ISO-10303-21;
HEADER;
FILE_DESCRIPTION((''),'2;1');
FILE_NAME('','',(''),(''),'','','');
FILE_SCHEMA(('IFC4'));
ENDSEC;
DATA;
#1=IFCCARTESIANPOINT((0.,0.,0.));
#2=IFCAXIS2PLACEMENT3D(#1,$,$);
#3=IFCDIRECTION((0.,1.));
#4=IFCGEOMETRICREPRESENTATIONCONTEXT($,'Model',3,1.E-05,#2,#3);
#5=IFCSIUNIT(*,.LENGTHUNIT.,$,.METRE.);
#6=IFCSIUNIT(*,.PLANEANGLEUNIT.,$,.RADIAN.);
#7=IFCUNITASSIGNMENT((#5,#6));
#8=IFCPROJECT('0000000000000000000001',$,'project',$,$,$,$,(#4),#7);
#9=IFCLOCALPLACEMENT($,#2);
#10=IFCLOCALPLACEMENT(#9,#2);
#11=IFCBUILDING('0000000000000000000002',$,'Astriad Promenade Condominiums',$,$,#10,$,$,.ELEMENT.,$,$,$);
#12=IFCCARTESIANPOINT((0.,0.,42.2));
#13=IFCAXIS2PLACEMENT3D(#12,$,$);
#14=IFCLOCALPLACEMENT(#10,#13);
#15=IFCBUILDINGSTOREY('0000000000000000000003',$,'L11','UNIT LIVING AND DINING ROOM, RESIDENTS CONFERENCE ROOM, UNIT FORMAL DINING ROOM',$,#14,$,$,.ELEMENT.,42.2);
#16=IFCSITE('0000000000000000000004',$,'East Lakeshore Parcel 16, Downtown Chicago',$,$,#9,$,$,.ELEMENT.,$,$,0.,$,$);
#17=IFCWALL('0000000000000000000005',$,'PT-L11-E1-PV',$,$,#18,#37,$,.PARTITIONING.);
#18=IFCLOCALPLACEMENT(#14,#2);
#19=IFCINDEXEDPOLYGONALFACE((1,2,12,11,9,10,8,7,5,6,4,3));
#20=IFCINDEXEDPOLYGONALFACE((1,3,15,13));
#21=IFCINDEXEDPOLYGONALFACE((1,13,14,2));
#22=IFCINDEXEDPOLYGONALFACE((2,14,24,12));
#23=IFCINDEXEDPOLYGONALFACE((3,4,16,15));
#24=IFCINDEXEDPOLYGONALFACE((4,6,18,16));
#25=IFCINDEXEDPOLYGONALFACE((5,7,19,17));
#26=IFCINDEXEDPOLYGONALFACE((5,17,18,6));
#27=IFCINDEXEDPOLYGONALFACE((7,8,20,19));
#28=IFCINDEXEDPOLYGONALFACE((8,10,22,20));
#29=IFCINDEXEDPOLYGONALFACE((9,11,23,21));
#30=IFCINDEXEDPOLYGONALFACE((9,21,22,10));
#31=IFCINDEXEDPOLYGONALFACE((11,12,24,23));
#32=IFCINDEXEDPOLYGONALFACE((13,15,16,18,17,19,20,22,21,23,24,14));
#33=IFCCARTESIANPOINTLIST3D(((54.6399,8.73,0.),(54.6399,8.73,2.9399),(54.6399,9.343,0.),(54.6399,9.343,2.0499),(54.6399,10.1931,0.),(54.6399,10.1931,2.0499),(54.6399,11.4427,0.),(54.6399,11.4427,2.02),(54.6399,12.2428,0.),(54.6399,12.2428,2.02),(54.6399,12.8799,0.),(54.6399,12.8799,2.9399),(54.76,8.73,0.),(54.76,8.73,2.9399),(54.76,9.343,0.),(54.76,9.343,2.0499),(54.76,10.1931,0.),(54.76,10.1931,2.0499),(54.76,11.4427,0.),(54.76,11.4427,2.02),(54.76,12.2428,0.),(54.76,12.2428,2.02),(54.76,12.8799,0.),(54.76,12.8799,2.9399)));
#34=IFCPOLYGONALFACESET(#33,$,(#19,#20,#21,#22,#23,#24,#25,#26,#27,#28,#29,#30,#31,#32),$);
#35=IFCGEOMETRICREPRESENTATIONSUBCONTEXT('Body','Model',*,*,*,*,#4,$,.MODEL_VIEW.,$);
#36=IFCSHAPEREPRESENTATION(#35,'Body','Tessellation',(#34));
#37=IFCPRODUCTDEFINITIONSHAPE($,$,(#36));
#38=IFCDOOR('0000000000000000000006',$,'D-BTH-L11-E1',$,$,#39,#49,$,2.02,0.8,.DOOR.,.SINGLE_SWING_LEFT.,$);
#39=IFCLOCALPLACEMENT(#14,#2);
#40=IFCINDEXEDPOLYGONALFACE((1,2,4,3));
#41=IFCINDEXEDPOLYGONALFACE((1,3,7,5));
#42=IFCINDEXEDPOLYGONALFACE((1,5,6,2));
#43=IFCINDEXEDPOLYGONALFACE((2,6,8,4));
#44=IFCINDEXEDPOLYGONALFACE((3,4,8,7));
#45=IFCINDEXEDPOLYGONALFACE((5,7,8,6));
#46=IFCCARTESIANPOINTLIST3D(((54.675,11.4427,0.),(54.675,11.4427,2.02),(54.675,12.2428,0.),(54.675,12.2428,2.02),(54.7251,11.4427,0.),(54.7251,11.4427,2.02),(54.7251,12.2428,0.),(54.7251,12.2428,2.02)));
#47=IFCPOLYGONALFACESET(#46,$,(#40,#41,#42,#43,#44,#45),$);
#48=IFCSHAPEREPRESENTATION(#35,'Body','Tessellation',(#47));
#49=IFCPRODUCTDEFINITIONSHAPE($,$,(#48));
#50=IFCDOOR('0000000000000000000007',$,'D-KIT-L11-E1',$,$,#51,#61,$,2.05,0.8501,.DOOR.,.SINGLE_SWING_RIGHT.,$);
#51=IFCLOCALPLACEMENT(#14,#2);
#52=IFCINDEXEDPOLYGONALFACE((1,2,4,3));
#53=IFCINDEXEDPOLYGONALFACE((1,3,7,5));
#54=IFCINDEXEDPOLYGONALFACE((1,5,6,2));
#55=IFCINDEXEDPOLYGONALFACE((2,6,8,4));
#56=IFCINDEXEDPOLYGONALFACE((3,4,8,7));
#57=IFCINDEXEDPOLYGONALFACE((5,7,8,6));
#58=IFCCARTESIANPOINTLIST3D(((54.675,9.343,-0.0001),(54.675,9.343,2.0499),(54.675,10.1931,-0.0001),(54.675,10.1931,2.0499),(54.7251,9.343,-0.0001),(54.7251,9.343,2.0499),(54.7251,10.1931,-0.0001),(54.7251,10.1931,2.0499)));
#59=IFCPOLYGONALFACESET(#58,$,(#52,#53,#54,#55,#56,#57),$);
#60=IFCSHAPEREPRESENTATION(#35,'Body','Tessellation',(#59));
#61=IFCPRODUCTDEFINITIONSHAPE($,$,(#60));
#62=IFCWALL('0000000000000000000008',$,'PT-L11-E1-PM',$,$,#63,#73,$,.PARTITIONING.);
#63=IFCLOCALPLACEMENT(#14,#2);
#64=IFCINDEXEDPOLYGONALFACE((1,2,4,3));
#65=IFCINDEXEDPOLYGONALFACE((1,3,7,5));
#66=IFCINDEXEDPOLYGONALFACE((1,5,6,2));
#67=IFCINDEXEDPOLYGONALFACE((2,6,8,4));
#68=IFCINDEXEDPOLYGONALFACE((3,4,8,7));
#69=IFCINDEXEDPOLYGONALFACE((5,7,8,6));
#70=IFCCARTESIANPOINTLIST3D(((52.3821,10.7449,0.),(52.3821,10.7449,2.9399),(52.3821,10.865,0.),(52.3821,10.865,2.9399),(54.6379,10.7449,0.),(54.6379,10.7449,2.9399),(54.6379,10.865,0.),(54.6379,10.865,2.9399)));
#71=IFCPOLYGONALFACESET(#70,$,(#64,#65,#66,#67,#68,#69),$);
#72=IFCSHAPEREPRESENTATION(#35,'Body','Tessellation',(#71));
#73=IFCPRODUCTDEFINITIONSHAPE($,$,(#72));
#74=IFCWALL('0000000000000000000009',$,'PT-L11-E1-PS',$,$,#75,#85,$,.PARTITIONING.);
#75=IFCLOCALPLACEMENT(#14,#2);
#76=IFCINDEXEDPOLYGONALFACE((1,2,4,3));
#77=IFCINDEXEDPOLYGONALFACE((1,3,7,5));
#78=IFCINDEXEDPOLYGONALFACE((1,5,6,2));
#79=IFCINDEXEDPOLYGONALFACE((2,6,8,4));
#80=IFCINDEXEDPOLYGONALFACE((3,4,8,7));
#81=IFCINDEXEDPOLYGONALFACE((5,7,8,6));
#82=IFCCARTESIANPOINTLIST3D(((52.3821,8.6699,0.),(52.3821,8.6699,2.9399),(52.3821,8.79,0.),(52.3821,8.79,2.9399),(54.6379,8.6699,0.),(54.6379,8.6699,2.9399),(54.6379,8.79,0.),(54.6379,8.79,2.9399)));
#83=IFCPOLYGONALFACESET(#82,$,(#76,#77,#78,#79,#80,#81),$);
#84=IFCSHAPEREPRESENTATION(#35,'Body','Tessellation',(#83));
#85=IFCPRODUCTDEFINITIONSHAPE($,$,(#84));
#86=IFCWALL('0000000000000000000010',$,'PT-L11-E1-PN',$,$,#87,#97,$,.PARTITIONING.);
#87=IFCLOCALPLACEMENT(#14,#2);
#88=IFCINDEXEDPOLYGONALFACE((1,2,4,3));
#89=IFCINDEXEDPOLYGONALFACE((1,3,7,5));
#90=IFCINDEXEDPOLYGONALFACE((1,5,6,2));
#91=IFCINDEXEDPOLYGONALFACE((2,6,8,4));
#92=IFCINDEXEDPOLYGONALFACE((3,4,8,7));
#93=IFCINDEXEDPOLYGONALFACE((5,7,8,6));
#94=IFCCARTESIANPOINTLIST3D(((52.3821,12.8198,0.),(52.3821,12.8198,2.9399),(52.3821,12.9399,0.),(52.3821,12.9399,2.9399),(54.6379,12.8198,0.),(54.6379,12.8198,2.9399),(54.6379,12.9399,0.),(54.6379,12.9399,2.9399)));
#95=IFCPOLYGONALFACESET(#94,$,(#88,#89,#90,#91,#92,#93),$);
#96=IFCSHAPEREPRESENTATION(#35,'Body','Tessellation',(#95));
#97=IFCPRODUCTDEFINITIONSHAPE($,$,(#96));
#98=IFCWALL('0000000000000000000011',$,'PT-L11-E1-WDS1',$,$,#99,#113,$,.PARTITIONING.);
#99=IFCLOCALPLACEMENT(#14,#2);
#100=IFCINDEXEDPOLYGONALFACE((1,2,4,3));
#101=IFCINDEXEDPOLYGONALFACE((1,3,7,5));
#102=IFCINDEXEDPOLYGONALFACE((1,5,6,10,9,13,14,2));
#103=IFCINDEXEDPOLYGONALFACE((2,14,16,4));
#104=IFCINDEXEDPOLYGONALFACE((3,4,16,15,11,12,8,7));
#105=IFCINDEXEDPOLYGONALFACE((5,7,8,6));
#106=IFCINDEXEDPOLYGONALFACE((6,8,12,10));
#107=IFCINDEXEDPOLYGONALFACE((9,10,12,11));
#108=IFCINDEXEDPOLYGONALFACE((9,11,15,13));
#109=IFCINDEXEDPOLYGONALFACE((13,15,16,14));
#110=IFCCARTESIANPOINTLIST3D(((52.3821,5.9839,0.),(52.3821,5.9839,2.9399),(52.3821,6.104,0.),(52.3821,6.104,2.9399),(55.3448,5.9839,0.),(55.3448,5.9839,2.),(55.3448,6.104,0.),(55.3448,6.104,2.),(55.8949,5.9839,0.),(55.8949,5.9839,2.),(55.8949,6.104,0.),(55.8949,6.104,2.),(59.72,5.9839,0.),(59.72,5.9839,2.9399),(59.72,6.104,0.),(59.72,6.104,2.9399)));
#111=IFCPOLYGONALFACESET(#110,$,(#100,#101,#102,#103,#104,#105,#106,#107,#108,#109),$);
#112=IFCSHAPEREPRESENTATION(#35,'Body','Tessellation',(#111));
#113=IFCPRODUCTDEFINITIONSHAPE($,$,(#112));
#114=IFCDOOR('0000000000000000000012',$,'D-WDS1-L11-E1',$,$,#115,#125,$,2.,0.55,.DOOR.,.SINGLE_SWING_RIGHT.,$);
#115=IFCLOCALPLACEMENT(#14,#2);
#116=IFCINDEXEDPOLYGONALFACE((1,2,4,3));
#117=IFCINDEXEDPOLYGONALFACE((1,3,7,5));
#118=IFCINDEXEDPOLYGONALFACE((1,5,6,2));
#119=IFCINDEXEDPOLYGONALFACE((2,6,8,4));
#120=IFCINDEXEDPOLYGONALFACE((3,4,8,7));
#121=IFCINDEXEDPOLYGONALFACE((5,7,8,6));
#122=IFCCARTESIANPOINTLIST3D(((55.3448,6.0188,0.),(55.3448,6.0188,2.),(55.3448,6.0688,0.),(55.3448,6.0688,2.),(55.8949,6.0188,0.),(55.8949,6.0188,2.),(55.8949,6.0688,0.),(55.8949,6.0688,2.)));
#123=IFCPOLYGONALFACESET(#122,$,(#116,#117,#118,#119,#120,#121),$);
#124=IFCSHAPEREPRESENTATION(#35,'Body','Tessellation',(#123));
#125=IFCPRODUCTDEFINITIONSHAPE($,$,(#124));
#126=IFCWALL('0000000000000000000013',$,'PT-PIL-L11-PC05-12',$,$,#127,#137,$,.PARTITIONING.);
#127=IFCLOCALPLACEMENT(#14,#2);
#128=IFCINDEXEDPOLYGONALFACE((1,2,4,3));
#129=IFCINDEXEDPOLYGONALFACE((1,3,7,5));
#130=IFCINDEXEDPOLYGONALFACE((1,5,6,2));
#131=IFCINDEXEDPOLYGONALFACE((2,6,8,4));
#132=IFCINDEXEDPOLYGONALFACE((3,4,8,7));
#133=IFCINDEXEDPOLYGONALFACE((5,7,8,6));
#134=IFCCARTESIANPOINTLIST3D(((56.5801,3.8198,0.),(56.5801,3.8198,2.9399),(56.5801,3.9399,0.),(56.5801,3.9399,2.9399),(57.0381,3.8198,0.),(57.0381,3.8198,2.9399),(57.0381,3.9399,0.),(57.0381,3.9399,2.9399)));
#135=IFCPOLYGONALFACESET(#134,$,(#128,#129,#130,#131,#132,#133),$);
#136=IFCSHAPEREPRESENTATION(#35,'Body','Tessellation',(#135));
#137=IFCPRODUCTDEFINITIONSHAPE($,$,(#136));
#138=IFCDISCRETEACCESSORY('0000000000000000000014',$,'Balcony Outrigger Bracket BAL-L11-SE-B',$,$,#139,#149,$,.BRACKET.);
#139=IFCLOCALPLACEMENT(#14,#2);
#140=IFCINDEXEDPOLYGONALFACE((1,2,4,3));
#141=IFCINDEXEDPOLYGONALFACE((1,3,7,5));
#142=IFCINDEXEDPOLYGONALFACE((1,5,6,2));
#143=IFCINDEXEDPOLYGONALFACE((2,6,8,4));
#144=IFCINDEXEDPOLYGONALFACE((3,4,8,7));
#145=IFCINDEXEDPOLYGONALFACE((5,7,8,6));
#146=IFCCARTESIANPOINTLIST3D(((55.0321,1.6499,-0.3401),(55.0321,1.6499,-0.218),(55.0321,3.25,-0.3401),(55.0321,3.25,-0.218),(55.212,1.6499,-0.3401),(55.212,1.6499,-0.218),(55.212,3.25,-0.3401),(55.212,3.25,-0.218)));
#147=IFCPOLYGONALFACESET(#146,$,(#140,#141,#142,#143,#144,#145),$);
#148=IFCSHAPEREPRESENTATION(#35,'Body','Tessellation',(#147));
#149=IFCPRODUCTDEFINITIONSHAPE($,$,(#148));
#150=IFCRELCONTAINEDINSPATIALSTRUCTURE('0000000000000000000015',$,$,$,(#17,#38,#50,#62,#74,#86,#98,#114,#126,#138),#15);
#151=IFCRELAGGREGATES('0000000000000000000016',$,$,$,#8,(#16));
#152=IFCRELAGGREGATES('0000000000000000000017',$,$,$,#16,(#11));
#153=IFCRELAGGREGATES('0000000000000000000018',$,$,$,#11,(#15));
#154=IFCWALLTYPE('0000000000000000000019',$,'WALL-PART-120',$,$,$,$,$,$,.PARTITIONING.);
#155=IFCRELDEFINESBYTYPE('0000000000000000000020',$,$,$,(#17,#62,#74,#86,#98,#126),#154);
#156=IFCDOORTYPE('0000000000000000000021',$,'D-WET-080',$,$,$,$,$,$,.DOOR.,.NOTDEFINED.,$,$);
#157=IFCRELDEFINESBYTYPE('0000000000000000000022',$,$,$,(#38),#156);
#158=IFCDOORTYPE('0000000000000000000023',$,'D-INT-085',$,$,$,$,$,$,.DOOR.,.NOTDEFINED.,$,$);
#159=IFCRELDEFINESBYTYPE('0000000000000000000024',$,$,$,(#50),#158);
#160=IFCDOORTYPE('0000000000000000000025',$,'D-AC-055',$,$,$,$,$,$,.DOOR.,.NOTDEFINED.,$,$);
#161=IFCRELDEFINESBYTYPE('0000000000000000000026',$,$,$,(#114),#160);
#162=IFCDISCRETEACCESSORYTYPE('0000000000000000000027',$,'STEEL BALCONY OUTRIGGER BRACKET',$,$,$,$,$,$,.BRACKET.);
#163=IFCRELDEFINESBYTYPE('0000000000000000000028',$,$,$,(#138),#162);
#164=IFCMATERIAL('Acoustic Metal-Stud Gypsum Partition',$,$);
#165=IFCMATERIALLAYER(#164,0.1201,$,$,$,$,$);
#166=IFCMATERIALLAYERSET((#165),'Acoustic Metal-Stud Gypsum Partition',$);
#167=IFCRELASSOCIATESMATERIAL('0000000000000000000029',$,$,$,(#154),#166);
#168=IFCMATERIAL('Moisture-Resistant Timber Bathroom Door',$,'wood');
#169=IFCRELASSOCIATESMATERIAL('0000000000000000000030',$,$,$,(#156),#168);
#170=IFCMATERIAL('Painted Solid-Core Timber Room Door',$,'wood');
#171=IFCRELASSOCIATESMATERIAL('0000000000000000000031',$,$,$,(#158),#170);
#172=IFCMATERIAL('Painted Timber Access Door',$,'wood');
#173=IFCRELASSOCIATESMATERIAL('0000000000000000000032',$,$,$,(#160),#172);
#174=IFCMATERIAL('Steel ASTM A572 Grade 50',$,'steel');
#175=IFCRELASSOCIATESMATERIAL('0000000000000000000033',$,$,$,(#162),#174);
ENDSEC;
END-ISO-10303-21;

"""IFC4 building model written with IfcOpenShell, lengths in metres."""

from ifc_helpers import new_model, si_unit, direction, frame, frame_2d, origin, origin_2d, place, context, subcontext, project, spatial, rectangle, extrude, source, transform, mapped, material, layer, layer_set, type_object, type_shapes, element, fill, save


model = new_model("IFC4")

# Units and contexts
model_context = context("Model", 3, precision=1e-05, world=origin(), true_north=direction((0.0, 1.0)))
body_context = subcontext(model_context, "Body", "Model", "MODEL_VIEW")
ifc_project = project(units=[si_unit("LENGTHUNIT", "METRE"), si_unit("PLANEANGLEUNIT", "RADIAN")], contexts=[model_context])

# Site, building, storey
site_placement = place(None, origin())
site = spatial("IfcSite", under=ifc_project, at=site_placement, Name="East Lakeshore Parcel 16, Downtown Chicago", CompositionType="ELEMENT", RefElevation=0.0)
building_placement = place(site_placement, origin())
building = spatial("IfcBuilding", under=site, at=building_placement, Name="Astriad Promenade Condominiums", CompositionType="ELEMENT")
storey_placement = place(building_placement, frame((0.0, 0.0, 42.2)))
storey = spatial("IfcBuildingStorey", under=building, at=storey_placement, Name="L11", Description="UNIT LIVING AND DINING ROOM, RESIDENTS CONFERENCE ROOM, UNIT FORMAL DINING ROOM", CompositionType="ELEMENT", Elevation=42.2)

# Shared definitions
ifc_material_1 = material(Name="Acoustic Metal-Stud Gypsum Partition")
ifc_layer_1 = layer(ifc_material_1, 0.1201)
ifc_layer_set_1 = layer_set([ifc_layer_1], Name="Acoustic Metal-Stud Gypsum Partition")
wall_type_1 = type_object("IfcWallType", Name="WALL-PART-120", PredefinedType="PARTITIONING", material=ifc_layer_set_1)

# Wall, openings, doors
wall_1_placement = place(storey_placement, frame((54.7, 8.73, 0.0), z_axis=(0.0, 0.0, 1.0), x_axis=(0.0, 1.0, 0.0)))
wall_1 = element("IfcWall", 1, at=wall_1_placement, inside=storey, type_object=wall_type_1, Name="PT-L11-E1-PV", PredefinedType="PARTITIONING", context=body_context, shape_type="SweptSolid", body=[
    extrude(rectangle(XDim=4.1499, YDim=0.1201, at=frame_2d((2.075, 0.0))), origin(), (0.0, 0.0, 1.0), 2.9399),
])
opening_1_placement = place(wall_1_placement, frame((0.613, 0.0, 0.0)))
opening_1 = element("IfcOpeningElement", 2, at=opening_1_placement, cuts=wall_1, PredefinedType="OPENING", context=body_context, shape_type="SweptSolid", body=[
    extrude(rectangle(XDim=0.8501, YDim=2.05, at=frame_2d((0.425, 1.0249))), frame((0.0, 0.0701, 0.0), z_axis=(0.0, -1.0, 0.0), x_axis=(1.0, 0.0, 0.0)), (0.0, 0.0, 1.0), 0.1401),
])
opening_2_placement = place(wall_1_placement, frame((2.7129, 0.0, 0.0)))
opening_2 = element("IfcOpeningElement", 3, at=opening_2_placement, cuts=wall_1, PredefinedType="OPENING", context=body_context, shape_type="SweptSolid", body=[
    extrude(rectangle(XDim=0.8, YDim=2.02, at=frame_2d((0.3999, 1.01))), frame((0.0, 0.0701, 0.0), z_axis=(0.0, -1.0, 0.0), x_axis=(1.0, 0.0, 0.0)), (0.0, 0.0, 1.0), 0.1401),
])
ifc_material_2 = material(Name="Moisture-Resistant Timber Bathroom Door", Category="wood")
door_type_1 = type_object("IfcDoorType", Name="D-WET-080", OperationType="NOTDEFINED", PredefinedType="DOOR", material=ifc_material_2)
shared_shape_1 = source(origin(), body_context, "Body", "SweptSolid", [
    extrude(rectangle(XDim=0.8, YDim=2.02, at=frame_2d((0.3999, 1.01))), frame((0.0, 0.0249, 0.0), z_axis=(0.0, -1.0, 0.0), x_axis=(1.0, 0.0, 0.0)), (0.0, 0.0, 1.0), 0.05),
])
type_shapes(door_type_1, [shared_shape_1])
door_1_placement = place(opening_2_placement, origin())
door_1 = element("IfcDoor", 4, at=door_1_placement, inside=storey, type_object=door_type_1, Name="D-BTH-L11-E1", OperationType="SINGLE_SWING_LEFT", OverallHeight=2.02, OverallWidth=0.8, PredefinedType="DOOR", context=body_context, shape_type="MappedRepresentation", body=[
    mapped(shared_shape_1, transform((0.0, 0.0, 0.0), scale=1.0)),
])
fill(opening_2, door_1)
ifc_material_3 = material(Name="Painted Solid-Core Timber Room Door", Category="wood")
door_type_2 = type_object("IfcDoorType", Name="D-INT-085", OperationType="NOTDEFINED", PredefinedType="DOOR", material=ifc_material_3)
shared_shape_2 = source(origin(), body_context, "Body", "SweptSolid", [
    extrude(rectangle(XDim=0.8501, YDim=2.05, at=frame_2d((0.425, 1.0249))), frame((0.0, 0.0249, 0.0), z_axis=(0.0, -1.0, 0.0), x_axis=(1.0, 0.0, 0.0)), (0.0, 0.0, 1.0), 0.05),
])
type_shapes(door_type_2, [shared_shape_2])
door_2_placement = place(opening_1_placement, origin())
door_2 = element("IfcDoor", 5, at=door_2_placement, inside=storey, type_object=door_type_2, Name="D-KIT-L11-E1", OperationType="SINGLE_SWING_RIGHT", OverallHeight=2.05, OverallWidth=0.8501, PredefinedType="DOOR", context=body_context, shape_type="MappedRepresentation", body=[
    mapped(shared_shape_2, transform((0.0, 0.0, 0.0), scale=1.0)),
])
fill(opening_1, door_2)

# Walls
for number, where, z_axis, x_axis, name in (
    (6, (52.3821, 10.8049, 0.0), (0.0, 0.0, 1.0), (1.0, 0.0, 0.0), "PT-L11-E1-PM"),
    (7, (52.3821, 8.73, 0.0), (0.0, 0.0, 1.0), (1.0, 0.0, 0.0), "PT-L11-E1-PS"),
    (8, (52.3821, 12.8799, 0.0), (0.0, 0.0, 1.0), (1.0, 0.0, 0.0), "PT-L11-E1-PN"),
):
    element("IfcWall", number, at=place(storey_placement, frame(where, z_axis=z_axis, x_axis=x_axis)), inside=storey, type_object=wall_type_1, Name=name, PredefinedType="PARTITIONING", context=body_context, shape_type="SweptSolid", body=[
        extrude(rectangle(XDim=2.2559, YDim=0.1201, at=frame_2d((1.1279, 0.0))), origin(), (0.0, 0.0, 1.0), 2.9399),
    ])

# Wall, opening, door
wall_2_placement = place(storey_placement, frame((52.3821, 6.0439, 0.0), z_axis=(0.0, 0.0, 1.0), x_axis=(1.0, 0.0, 0.0)))
wall_2 = element("IfcWall", 9, at=wall_2_placement, inside=storey, type_object=wall_type_1, Name="PT-L11-E1-WDS1", PredefinedType="PARTITIONING", context=body_context, shape_type="SweptSolid", body=[
    extrude(rectangle(XDim=7.3379, YDim=0.1201, at=frame_2d((3.6689, 0.0))), origin(), (0.0, 0.0, 1.0), 2.9399),
])
opening_3_placement = place(wall_2_placement, frame((2.9629, 0.0, 0.0)))
opening_3 = element("IfcOpeningElement", 10, at=opening_3_placement, cuts=wall_2, PredefinedType="OPENING", context=body_context, shape_type="SweptSolid", body=[
    extrude(rectangle(XDim=0.55, YDim=2.0, at=frame_2d((0.2749, 1.0))), frame((0.0, 0.0701, 0.0), z_axis=(0.0, -1.0, 0.0), x_axis=(1.0, 0.0, 0.0)), (0.0, 0.0, 1.0), 0.1401),
])
ifc_material_4 = material(Name="Painted Timber Access Door", Category="wood")
door_type_3 = type_object("IfcDoorType", Name="D-AC-055", OperationType="NOTDEFINED", PredefinedType="DOOR", material=ifc_material_4)
shared_shape_3 = source(origin(), body_context, "Body", "SweptSolid", [
    extrude(rectangle(XDim=0.55, YDim=2.0, at=frame_2d((0.2749, 1.0))), frame((0.0, 0.0249, 0.0), z_axis=(0.0, -1.0, 0.0), x_axis=(1.0, 0.0, 0.0)), (0.0, 0.0, 1.0), 0.05),
])
type_shapes(door_type_3, [shared_shape_3])
door_3_placement = place(opening_3_placement, origin())
door_3 = element("IfcDoor", 11, at=door_3_placement, inside=storey, type_object=door_type_3, Name="D-WDS1-L11-E1", OperationType="SINGLE_SWING_RIGHT", OverallHeight=2.0, OverallWidth=0.55, PredefinedType="DOOR", context=body_context, shape_type="MappedRepresentation", body=[
    mapped(shared_shape_3, transform((0.0, 0.0, 0.0), scale=1.0)),
])
fill(opening_3, door_3)

# Wall
wall_3_placement = place(storey_placement, frame((56.5801, 3.8799, 0.0), z_axis=(0.0, 0.0, 1.0), x_axis=(1.0, 0.0, 0.0)))
element("IfcWall", 12, at=wall_3_placement, inside=storey, type_object=wall_type_1, Name="PT-PIL-L11-PC05-12", PredefinedType="PARTITIONING", context=body_context, shape_type="SweptSolid", body=[
    extrude(rectangle(XDim=0.458, YDim=0.1201, at=frame_2d((0.229, 0.0))), origin(), (0.0, 0.0, 1.0), 2.9399),
])

# Discrete accessory
ifc_material_5 = material(Name="Steel ASTM A572 Grade 50", Category="steel")
discrete_accessory_type = type_object("IfcDiscreteAccessoryType", Name="STEEL BALCONY OUTRIGGER BRACKET", PredefinedType="BRACKET", material=ifc_material_5)
shared_shape_4 = source(origin(), body_context, "Body", "SweptSolid", [
    extrude(rectangle(XDim=1.6001, YDim=0.1799, at=origin_2d()), origin(), (0.0, 0.0, 1.0), 0.1221),
])
type_shapes(discrete_accessory_type, [shared_shape_4])
discrete_accessory_placement = place(storey_placement, frame((55.1221, 2.45, -0.3401), z_axis=(0.0, 0.0, 1.0), x_axis=(0.0, -1.0, 0.0)))
element("IfcDiscreteAccessory", 13, at=discrete_accessory_placement, inside=storey, type_object=discrete_accessory_type, Name="Balcony Outrigger Bracket BAL-L11-SE-B", PredefinedType="BRACKET", context=body_context, shape_type="MappedRepresentation", body=[
    mapped(shared_shape_4, transform((0.0, 0.0, 0.0), scale=1.0)),
])

save(model, "model.ifc")
